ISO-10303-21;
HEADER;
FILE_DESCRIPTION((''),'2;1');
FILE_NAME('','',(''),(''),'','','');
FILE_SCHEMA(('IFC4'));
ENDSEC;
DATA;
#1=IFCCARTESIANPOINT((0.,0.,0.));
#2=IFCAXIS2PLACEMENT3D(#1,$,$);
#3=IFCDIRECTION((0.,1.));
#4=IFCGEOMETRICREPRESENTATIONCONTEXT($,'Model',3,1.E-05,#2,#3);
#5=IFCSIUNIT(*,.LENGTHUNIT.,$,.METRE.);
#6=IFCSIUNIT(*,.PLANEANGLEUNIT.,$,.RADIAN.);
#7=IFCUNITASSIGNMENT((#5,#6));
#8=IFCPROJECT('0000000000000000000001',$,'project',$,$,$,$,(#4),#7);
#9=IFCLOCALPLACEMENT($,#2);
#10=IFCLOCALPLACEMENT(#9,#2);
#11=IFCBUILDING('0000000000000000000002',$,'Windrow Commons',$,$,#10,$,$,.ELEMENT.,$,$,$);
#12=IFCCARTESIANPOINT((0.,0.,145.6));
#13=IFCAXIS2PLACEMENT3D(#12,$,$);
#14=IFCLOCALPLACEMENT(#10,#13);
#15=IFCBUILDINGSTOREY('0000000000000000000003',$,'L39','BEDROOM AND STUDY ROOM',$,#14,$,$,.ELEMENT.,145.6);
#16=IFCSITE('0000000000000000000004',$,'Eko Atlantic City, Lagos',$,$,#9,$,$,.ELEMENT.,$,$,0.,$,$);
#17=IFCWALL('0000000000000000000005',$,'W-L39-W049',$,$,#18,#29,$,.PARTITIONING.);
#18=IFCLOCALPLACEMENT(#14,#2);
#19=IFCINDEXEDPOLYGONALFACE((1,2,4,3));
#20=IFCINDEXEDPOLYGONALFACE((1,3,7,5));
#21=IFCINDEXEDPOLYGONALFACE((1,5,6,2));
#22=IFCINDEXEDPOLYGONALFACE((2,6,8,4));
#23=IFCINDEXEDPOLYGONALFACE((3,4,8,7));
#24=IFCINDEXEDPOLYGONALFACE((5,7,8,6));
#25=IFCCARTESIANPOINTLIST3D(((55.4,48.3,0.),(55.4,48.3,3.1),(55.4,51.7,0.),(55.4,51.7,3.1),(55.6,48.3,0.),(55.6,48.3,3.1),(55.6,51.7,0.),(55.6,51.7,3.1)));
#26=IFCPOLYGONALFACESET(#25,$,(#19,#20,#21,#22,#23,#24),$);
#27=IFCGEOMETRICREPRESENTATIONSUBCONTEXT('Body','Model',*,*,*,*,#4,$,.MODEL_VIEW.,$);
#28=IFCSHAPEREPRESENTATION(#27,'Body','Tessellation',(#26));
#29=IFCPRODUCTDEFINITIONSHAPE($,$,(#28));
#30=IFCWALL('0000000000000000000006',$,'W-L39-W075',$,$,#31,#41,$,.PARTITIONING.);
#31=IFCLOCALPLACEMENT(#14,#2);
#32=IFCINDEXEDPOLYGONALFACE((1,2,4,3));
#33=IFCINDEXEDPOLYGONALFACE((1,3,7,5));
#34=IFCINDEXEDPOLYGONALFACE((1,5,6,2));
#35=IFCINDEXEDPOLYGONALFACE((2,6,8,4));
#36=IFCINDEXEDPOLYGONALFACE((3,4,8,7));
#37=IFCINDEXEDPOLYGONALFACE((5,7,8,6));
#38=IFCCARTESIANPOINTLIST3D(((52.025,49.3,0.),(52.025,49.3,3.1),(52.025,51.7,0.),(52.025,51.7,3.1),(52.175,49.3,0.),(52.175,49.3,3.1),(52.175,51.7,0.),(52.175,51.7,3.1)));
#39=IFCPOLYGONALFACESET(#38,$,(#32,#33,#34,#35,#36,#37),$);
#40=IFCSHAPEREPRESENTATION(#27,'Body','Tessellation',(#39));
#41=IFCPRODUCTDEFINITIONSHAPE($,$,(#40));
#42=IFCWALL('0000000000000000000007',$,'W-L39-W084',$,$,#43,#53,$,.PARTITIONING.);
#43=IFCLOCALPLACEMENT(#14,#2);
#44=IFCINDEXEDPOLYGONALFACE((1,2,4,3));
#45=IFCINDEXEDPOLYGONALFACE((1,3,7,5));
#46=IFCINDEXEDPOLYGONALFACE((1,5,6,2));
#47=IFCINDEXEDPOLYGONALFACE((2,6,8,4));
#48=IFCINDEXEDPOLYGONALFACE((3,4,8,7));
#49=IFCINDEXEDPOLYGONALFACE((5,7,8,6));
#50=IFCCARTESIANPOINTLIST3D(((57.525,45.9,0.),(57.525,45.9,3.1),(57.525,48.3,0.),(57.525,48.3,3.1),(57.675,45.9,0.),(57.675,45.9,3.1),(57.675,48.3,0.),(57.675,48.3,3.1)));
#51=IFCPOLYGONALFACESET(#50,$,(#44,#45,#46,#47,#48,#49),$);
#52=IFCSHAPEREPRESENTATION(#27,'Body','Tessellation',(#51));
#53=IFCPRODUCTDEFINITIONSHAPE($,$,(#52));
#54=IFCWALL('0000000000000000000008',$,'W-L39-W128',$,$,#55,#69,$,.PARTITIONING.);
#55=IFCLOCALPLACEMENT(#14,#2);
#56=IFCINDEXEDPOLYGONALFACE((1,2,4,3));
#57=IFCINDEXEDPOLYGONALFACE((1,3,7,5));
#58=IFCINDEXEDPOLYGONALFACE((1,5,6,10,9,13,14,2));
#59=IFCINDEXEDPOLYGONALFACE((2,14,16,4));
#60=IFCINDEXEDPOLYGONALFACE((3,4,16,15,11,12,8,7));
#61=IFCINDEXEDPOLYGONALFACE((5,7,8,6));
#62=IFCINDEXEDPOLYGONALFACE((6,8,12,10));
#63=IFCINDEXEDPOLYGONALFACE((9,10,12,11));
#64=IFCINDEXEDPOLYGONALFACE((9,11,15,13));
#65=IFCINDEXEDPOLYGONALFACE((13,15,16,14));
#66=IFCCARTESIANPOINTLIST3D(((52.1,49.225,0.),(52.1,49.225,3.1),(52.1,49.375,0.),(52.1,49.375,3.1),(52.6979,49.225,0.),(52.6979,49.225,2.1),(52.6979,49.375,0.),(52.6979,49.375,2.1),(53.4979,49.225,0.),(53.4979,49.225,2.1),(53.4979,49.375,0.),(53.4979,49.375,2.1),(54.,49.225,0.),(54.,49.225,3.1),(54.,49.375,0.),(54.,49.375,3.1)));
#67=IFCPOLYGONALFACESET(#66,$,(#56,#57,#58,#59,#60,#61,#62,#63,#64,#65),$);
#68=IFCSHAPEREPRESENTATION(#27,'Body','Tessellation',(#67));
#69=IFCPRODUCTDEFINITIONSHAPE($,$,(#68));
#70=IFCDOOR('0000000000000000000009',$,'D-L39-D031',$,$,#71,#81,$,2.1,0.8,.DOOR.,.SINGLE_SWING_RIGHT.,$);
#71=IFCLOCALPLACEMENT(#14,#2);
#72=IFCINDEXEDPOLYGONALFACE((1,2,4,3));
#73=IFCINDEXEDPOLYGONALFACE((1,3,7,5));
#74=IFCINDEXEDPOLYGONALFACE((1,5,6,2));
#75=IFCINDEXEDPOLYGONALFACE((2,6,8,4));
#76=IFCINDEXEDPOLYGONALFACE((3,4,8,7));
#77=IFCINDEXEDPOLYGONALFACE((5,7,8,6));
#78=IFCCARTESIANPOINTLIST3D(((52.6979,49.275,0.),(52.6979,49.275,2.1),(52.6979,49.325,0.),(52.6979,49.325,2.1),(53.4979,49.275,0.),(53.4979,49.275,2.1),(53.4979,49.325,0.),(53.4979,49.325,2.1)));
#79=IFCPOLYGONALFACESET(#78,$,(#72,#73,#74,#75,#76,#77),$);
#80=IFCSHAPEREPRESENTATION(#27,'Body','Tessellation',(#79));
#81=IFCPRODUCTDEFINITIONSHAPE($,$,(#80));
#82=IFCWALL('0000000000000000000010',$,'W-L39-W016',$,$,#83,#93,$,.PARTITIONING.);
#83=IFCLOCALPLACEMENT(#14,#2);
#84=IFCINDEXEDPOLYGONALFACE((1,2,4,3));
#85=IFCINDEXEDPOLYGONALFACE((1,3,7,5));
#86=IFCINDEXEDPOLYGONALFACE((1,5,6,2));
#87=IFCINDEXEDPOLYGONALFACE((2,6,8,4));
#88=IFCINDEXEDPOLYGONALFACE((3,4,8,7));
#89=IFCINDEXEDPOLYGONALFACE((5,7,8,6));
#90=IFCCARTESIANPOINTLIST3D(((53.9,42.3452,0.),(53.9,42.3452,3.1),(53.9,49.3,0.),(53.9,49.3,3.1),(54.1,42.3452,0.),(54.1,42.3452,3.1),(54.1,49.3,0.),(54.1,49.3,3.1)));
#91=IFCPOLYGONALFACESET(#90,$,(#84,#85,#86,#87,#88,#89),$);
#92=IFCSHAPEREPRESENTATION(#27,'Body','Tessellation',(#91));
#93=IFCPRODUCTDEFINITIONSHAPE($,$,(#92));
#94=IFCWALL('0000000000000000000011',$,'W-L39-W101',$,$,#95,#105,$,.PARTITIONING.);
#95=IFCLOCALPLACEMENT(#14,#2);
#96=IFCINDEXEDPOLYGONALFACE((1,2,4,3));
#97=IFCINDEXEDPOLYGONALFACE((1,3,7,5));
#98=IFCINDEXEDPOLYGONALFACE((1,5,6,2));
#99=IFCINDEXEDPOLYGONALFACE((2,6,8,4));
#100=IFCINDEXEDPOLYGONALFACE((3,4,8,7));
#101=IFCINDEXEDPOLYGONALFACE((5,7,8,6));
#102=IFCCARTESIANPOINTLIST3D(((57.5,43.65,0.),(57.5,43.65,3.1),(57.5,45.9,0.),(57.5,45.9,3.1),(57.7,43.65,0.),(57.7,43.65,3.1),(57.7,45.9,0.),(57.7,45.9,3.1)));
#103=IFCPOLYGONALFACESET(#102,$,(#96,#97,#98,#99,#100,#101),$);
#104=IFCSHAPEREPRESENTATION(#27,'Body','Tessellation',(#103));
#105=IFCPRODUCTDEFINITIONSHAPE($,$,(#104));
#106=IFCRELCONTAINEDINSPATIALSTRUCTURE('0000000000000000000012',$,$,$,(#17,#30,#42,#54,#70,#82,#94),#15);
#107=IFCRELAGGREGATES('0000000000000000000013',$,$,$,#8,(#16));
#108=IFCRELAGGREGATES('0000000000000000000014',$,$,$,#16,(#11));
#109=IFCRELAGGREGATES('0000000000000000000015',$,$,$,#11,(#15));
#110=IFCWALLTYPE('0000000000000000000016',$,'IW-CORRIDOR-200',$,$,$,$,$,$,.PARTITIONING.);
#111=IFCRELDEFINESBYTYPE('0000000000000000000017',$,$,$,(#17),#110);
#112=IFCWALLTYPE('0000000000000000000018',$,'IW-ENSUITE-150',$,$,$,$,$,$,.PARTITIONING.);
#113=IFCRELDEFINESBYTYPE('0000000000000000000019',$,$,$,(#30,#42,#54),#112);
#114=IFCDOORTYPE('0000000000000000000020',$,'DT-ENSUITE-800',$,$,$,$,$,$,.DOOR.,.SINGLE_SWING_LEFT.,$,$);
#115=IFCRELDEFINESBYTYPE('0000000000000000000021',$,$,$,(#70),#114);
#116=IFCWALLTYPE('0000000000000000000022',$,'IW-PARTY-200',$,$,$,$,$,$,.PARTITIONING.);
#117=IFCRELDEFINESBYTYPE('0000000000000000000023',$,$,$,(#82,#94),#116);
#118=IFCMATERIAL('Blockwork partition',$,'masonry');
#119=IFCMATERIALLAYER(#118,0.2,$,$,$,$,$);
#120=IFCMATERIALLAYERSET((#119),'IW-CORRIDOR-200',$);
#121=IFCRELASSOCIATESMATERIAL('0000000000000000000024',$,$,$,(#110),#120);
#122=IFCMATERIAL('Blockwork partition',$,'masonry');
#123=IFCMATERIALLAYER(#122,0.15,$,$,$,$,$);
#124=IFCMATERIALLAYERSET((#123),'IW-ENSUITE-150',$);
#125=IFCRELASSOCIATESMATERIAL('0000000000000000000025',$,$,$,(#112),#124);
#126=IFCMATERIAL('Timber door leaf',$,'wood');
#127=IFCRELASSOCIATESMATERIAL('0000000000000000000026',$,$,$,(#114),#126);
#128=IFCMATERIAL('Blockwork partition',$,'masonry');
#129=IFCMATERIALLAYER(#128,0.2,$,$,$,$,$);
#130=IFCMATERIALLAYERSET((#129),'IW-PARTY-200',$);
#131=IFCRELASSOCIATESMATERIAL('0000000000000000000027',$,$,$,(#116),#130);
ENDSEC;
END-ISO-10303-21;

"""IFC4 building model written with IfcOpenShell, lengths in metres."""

from ifc_helpers import new_model, si_unit, direction, frame, frame_2d, origin, place, context, subcontext, project, spatial, rectangle, extrude, material, layer, layer_set, type_object, element, fill, save


model = new_model("IFC4")

# Units and contexts
model_context = context("Model", 3, precision=1e-05, world=origin(), true_north=direction((0.0, 1.0)))
body_context = subcontext(model_context, "Body", "Model", "MODEL_VIEW")
ifc_project = project(units=[si_unit("LENGTHUNIT", "METRE"), si_unit("PLANEANGLEUNIT", "RADIAN")], contexts=[model_context])

# Site, building, storey
site_placement = place(None, origin())
site = spatial("IfcSite", under=ifc_project, at=site_placement, Name="Eko Atlantic City, Lagos", CompositionType="ELEMENT", RefElevation=0.0)
building_placement = place(site_placement, origin())
building = spatial("IfcBuilding", under=site, at=building_placement, Name="Windrow Commons", CompositionType="ELEMENT")
storey_placement = place(building_placement, frame((0.0, 0.0, 145.6)))
storey = spatial("IfcBuildingStorey", under=building, at=storey_placement, Name="L39", Description="BEDROOM AND STUDY ROOM", CompositionType="ELEMENT", Elevation=145.6)

# Shared definitions
ifc_material_1 = material(Name="Blockwork partition", Category="masonry")
ifc_layer_1 = layer(ifc_material_1, 0.2)
ifc_layer_set_1 = layer_set([ifc_layer_1], Name="IW-CORRIDOR-200")
wall_type_1 = type_object("IfcWallType", Name="IW-CORRIDOR-200", PredefinedType="PARTITIONING", material=ifc_layer_set_1)

# Walls
wall_1_placement = place(storey_placement, frame((55.5, 48.3, 0.0), z_axis=(0.0, 0.0, 1.0), x_axis=(0.0, 1.0, 0.0)))
element("IfcWall", 1, at=wall_1_placement, inside=storey, type_object=wall_type_1, Name="W-L39-W049", PredefinedType="PARTITIONING", context=body_context, shape_type="SweptSolid", body=[
    extrude(rectangle(XDim=3.4, YDim=0.2, at=frame_2d((1.7, 0.0))), origin(), (0.0, 0.0, 1.0), 3.1),
])
ifc_material_2 = material(Name="Blockwork partition", Category="masonry")
ifc_layer_2 = layer(ifc_material_2, 0.15)
ifc_layer_set_2 = layer_set([ifc_layer_2], Name="IW-ENSUITE-150")
wall_type_2 = type_object("IfcWallType", Name="IW-ENSUITE-150", PredefinedType="PARTITIONING", material=ifc_layer_set_2)
for number, where, z_axis, x_axis, name in (
    (2, (52.1, 49.3, 0.0), (0.0, 0.0, 1.0), (0.0, 1.0, 0.0), "W-L39-W075"),
    (3, (57.6, 45.9, 0.0), (0.0, 0.0, 1.0), (0.0, 1.0, 0.0), "W-L39-W084"),
):
    element("IfcWall", number, at=place(storey_placement, frame(where, z_axis=z_axis, x_axis=x_axis)), inside=storey, type_object=wall_type_2, Name=name, PredefinedType="PARTITIONING", context=body_context, shape_type="SweptSolid", body=[
        extrude(rectangle(XDim=2.4, YDim=0.15, at=frame_2d((1.2, 0.0))), origin(), (0.0, 0.0, 1.0), 3.1),
    ])

# Wall, opening, door
wall_2_placement = place(storey_placement, frame((52.1, 49.3, 0.0), z_axis=(0.0, 0.0, 1.0), x_axis=(1.0, 0.0, 0.0)))
wall_2 = element("IfcWall", 4, at=wall_2_placement, inside=storey, type_object=wall_type_2, Name="W-L39-W128", PredefinedType="PARTITIONING", context=body_context, shape_type="SweptSolid", body=[
    extrude(rectangle(XDim=1.9, YDim=0.15, at=frame_2d((0.95, 0.0))), origin(), (0.0, 0.0, 1.0), 3.1),
])
opening_1_placement = place(wall_2_placement, frame((0.5979, 0.0, 0.0)))
opening_1 = element("IfcOpeningElement", 5, at=opening_1_placement, cuts=wall_2, PredefinedType="OPENING", context=body_context, shape_type="SweptSolid", body=[
    extrude(rectangle(XDim=0.8, YDim=2.1, at=frame_2d((0.4, 1.05))), frame((0.0, 0.085, 0.0), z_axis=(0.0, -1.0, 0.0), x_axis=(1.0, 0.0, 0.0)), (0.0, 0.0, 1.0), 0.17),
])
ifc_material_3 = material(Name="Timber door leaf", Category="wood")
door_type_1 = type_object("IfcDoorType", Name="DT-ENSUITE-800", OperationType="SINGLE_SWING_LEFT", PredefinedType="DOOR", material=ifc_material_3)
door_1_placement = place(opening_1_placement, origin())
door_1 = element("IfcDoor", 6, at=door_1_placement, inside=storey, type_object=door_type_1, Name="D-L39-D031", OperationType="SINGLE_SWING_RIGHT", OverallHeight=2.1, OverallWidth=0.8, PredefinedType="DOOR", context=body_context, shape_type="SweptSolid", body=[
    extrude(rectangle(XDim=0.8, YDim=2.1, at=frame_2d((0.4, 1.05))), frame((0.0, 0.025, 0.0), z_axis=(0.0, -1.0, 0.0), x_axis=(1.0, 0.0, 0.0)), (0.0, 0.0, 1.0), 0.05),
])
fill(opening_1, door_1)

# Walls
ifc_material_4 = material(Name="Blockwork partition", Category="masonry")
ifc_layer_3 = layer(ifc_material_4, 0.2)
ifc_layer_set_3 = layer_set([ifc_layer_3], Name="IW-PARTY-200")
wall_type_3 = type_object("IfcWallType", Name="IW-PARTY-200", PredefinedType="PARTITIONING", material=ifc_layer_set_3)
wall_3_placement = place(storey_placement, frame((54.0, 42.3452, 0.0), z_axis=(0.0, 0.0, 1.0), x_axis=(0.0, 1.0, 0.0)))
element("IfcWall", 7, at=wall_3_placement, inside=storey, type_object=wall_type_3, Name="W-L39-W016", PredefinedType="PARTITIONING", context=body_context, shape_type="SweptSolid", body=[
    extrude(rectangle(XDim=6.9548, YDim=0.2, at=frame_2d((3.4774, 0.0))), origin(), (0.0, 0.0, 1.0), 3.1),
])
wall_4_placement = place(storey_placement, frame((57.6, 43.65, 0.0), z_axis=(0.0, 0.0, 1.0), x_axis=(0.0, 1.0, 0.0)))
element("IfcWall", 8, at=wall_4_placement, inside=storey, type_object=wall_type_3, Name="W-L39-W101", PredefinedType="PARTITIONING", context=body_context, shape_type="SweptSolid", body=[
    extrude(rectangle(XDim=2.25, YDim=0.2, at=frame_2d((1.125, 0.0))), origin(), (0.0, 0.0, 1.0), 3.1),
])

save(model, "model.ifc")
